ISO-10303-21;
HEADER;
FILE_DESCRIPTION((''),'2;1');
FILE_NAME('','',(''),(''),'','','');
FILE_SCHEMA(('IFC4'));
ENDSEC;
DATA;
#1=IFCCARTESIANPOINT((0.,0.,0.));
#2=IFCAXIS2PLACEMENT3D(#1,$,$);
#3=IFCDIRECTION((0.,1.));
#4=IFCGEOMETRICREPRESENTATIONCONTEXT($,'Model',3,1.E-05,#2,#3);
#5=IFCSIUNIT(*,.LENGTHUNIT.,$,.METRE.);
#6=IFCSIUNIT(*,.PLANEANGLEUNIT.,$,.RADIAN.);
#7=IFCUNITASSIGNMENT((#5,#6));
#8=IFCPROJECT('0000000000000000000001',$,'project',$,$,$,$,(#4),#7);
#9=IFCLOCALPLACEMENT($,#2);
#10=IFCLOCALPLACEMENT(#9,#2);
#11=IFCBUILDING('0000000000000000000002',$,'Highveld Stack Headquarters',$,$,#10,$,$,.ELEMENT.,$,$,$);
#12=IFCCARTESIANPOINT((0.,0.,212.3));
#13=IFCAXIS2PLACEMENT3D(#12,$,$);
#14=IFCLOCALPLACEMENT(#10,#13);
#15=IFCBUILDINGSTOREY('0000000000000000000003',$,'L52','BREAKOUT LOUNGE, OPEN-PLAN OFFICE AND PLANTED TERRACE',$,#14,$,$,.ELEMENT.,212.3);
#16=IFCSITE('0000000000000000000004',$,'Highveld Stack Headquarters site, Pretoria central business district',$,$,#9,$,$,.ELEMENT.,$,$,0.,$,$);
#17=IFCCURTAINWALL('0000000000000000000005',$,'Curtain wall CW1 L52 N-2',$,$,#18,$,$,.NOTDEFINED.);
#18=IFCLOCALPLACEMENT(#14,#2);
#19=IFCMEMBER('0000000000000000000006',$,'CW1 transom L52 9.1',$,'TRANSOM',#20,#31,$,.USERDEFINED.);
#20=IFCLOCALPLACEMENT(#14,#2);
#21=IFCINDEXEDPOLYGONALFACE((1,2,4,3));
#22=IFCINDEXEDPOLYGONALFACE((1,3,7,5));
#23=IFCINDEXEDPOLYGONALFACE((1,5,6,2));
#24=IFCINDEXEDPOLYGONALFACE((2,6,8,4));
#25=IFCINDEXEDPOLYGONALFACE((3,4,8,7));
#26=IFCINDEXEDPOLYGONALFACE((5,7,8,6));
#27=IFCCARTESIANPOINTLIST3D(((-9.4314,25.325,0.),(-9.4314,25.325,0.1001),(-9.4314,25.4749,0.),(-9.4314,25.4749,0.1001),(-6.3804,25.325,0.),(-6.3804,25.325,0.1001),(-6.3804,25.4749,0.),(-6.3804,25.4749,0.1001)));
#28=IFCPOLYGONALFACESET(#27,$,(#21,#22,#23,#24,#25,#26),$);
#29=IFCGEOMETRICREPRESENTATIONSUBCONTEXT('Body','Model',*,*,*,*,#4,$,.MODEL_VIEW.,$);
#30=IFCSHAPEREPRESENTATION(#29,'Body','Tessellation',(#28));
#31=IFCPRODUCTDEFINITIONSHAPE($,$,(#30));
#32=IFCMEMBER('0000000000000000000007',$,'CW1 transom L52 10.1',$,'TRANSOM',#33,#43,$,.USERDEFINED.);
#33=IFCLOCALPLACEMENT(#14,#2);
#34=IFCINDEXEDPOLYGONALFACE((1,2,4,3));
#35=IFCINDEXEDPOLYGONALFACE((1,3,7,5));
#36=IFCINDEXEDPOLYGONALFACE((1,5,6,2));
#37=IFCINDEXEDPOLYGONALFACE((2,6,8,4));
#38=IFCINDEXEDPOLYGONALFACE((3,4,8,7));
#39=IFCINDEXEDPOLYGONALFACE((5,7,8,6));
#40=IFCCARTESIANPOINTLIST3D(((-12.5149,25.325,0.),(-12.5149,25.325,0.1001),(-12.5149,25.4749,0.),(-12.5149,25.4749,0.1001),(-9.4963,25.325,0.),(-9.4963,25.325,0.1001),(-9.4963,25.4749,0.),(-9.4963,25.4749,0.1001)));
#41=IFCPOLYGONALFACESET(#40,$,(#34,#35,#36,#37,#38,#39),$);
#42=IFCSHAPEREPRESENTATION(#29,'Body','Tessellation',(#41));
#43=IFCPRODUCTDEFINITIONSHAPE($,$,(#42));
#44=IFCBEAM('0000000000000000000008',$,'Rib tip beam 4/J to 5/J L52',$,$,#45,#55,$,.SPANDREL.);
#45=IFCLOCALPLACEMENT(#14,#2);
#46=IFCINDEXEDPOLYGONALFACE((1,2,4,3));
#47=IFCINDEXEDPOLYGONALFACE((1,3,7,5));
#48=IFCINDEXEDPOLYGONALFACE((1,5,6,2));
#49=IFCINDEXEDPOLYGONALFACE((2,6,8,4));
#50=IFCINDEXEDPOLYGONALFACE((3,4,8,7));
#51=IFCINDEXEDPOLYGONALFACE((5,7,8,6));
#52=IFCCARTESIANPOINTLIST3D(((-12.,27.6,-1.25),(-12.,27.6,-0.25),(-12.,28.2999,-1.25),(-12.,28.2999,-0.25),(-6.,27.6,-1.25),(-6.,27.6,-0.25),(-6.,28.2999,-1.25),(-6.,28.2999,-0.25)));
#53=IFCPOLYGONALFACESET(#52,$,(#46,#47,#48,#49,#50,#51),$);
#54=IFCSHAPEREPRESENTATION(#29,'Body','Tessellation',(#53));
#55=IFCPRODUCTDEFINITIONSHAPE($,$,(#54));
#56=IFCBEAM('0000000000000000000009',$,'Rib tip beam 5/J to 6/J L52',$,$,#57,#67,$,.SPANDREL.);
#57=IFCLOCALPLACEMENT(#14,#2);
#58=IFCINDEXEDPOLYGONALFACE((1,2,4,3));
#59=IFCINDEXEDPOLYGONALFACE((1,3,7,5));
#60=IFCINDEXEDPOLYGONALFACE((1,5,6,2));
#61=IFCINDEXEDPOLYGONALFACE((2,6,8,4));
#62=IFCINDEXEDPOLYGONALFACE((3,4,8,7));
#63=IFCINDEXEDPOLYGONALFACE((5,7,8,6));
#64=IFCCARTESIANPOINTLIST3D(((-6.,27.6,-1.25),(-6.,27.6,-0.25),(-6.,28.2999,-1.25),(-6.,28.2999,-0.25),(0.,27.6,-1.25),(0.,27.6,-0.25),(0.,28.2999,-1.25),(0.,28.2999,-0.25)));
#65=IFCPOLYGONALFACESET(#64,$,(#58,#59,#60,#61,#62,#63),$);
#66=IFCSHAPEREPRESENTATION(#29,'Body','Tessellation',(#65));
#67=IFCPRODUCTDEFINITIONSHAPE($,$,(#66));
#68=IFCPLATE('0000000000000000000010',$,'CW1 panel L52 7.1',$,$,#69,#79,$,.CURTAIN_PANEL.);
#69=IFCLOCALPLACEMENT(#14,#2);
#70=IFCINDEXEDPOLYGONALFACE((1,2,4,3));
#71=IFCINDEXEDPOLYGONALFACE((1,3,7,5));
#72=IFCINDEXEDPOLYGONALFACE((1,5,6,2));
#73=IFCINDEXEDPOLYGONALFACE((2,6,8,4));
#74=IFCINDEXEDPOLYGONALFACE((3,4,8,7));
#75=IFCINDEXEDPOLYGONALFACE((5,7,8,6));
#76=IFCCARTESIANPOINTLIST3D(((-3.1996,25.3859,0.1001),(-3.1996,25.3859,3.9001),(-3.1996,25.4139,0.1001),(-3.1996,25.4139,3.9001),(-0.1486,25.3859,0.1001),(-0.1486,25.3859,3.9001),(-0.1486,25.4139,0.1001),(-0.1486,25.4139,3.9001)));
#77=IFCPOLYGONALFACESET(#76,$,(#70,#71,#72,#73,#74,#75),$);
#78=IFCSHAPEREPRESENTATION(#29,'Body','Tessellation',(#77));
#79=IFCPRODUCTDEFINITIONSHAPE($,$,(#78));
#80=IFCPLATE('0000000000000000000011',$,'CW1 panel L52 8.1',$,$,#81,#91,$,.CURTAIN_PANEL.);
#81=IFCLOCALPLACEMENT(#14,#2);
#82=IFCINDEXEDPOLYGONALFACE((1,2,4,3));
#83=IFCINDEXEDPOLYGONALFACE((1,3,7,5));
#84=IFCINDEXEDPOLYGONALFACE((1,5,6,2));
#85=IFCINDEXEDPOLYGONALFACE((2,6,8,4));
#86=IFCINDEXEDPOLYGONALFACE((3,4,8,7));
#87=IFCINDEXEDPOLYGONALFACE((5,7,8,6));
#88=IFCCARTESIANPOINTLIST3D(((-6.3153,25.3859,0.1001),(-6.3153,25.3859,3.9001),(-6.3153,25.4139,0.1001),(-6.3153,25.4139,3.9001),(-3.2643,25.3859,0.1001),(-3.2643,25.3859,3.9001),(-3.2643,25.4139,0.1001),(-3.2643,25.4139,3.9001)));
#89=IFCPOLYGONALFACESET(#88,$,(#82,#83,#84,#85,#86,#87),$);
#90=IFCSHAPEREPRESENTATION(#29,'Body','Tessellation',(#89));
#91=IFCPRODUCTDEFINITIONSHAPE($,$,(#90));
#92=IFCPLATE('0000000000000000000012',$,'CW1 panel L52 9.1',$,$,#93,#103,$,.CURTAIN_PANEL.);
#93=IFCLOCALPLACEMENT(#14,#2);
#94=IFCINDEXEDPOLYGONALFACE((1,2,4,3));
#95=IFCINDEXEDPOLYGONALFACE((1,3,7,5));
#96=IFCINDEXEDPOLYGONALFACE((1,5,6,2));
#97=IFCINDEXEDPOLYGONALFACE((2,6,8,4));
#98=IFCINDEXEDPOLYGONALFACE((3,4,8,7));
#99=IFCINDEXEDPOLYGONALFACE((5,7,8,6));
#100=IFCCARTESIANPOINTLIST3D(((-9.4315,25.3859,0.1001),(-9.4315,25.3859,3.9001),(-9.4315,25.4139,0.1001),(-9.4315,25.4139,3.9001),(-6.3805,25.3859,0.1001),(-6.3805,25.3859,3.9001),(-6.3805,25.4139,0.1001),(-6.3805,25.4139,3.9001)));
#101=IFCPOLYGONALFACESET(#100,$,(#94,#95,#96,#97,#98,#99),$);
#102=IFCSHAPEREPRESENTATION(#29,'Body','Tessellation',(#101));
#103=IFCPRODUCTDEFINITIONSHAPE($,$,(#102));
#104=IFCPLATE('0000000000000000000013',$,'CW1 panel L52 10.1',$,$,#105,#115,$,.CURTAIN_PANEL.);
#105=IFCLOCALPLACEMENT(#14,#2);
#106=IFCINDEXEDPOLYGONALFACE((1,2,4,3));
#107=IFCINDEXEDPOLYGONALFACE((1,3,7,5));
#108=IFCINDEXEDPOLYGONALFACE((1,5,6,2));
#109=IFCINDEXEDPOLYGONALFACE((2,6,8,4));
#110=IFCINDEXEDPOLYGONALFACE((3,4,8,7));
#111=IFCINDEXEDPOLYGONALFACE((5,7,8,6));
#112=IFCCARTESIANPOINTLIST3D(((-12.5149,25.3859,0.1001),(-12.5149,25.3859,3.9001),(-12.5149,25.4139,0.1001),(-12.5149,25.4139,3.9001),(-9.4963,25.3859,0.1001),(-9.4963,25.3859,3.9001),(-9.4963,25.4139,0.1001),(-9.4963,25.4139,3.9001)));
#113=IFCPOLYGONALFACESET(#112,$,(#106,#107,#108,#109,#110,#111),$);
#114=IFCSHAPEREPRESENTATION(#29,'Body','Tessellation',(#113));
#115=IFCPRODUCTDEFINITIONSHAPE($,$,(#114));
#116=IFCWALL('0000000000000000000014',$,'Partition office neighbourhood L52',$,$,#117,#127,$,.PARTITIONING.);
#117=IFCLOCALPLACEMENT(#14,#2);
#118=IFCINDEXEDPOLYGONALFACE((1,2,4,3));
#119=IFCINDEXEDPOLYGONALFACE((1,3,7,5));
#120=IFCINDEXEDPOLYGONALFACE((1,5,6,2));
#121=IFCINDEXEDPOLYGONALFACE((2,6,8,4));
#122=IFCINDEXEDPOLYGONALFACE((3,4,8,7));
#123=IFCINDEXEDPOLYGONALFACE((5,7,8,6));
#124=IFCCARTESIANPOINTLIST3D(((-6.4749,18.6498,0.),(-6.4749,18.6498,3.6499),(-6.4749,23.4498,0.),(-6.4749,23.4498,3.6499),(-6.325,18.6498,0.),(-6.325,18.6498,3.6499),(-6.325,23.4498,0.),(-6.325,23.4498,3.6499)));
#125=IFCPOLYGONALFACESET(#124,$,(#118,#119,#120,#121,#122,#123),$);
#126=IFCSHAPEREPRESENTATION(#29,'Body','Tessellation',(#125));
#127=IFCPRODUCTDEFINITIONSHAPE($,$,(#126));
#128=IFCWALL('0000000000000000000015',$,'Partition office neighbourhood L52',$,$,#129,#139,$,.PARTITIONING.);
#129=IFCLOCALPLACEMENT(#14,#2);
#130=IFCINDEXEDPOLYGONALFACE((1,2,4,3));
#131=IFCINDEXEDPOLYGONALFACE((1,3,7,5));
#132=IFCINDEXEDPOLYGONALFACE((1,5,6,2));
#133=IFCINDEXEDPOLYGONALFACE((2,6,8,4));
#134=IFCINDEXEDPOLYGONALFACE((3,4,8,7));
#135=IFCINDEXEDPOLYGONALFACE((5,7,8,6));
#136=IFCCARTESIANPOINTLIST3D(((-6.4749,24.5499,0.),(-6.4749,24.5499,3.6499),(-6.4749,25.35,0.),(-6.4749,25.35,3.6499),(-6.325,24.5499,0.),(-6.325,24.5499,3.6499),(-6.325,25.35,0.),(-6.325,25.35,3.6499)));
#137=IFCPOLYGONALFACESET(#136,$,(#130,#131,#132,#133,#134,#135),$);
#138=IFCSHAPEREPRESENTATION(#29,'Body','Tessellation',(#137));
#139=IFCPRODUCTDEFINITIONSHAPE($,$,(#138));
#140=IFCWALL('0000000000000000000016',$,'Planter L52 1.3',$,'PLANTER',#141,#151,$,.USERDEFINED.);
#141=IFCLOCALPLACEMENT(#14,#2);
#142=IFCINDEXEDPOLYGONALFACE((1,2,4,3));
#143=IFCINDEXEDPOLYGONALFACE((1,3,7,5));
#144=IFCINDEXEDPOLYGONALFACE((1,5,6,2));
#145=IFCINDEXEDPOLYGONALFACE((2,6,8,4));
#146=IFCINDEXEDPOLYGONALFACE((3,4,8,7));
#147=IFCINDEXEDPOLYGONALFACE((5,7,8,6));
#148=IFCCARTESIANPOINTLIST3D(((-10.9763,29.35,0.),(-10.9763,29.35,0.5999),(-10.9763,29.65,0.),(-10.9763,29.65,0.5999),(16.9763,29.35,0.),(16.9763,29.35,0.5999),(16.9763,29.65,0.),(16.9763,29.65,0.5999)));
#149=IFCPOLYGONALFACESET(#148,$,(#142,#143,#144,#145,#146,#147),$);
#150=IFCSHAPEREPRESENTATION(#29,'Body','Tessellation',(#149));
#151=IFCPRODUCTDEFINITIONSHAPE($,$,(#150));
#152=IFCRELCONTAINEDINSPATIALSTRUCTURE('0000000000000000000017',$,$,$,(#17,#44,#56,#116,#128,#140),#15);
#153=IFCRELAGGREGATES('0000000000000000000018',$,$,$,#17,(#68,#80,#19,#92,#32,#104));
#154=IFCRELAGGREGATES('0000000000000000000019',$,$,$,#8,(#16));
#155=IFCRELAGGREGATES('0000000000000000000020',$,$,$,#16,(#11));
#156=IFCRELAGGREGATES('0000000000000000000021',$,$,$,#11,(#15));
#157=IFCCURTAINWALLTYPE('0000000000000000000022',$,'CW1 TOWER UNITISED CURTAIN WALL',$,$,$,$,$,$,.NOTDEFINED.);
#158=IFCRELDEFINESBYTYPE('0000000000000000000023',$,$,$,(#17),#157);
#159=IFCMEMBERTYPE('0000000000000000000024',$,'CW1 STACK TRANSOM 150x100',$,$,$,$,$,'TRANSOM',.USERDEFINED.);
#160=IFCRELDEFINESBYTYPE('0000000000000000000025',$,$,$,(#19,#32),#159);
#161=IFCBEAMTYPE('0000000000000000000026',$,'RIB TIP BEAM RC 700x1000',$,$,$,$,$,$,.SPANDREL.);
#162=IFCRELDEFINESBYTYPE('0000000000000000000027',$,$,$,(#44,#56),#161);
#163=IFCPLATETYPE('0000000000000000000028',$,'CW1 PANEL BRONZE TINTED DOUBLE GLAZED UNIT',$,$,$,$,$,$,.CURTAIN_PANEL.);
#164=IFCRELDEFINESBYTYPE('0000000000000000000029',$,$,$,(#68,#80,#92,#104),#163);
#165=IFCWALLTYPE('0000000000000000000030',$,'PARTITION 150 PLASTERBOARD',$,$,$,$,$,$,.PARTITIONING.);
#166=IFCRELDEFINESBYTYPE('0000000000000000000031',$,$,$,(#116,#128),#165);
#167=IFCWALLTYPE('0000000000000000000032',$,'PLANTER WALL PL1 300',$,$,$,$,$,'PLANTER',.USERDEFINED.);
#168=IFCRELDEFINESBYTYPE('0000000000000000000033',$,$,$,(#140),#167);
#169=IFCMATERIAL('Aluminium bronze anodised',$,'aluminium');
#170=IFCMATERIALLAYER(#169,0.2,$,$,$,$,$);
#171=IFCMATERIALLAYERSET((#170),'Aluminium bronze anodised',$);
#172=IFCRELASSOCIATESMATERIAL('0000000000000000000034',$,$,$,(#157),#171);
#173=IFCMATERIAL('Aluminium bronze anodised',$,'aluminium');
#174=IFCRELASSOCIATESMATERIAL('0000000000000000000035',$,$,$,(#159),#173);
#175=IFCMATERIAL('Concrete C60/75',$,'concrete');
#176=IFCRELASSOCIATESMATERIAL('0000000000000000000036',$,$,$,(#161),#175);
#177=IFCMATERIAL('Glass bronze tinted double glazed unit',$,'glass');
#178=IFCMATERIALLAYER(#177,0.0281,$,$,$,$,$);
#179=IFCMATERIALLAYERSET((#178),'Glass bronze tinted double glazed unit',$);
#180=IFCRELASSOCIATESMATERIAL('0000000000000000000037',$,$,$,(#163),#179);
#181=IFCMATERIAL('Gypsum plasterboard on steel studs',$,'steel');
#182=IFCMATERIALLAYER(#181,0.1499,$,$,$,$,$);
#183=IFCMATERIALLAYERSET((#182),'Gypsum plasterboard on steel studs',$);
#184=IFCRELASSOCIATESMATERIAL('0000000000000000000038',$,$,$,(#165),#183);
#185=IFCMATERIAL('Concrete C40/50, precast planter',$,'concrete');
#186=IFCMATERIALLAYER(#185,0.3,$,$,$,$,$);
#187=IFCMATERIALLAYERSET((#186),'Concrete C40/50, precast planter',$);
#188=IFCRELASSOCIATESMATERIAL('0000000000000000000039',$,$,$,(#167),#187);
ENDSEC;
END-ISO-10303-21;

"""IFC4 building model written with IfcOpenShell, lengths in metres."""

from ifc_helpers import new_model, si_unit, direction, frame, frame_2d, origin, origin_2d, place, context, subcontext, project, spatial, rectangle, extrude, material, layer, layer_set, material_profile, profile_set, type_object, element, aggregate, save


model = new_model("IFC4")

# Units and contexts
model_context = context("Model", 3, precision=1e-05, world=origin(), true_north=direction((0.0, 1.0)))
body_context = subcontext(model_context, "Body", "Model", "MODEL_VIEW")
ifc_project = project(units=[si_unit("LENGTHUNIT", "METRE"), si_unit("PLANEANGLEUNIT", "RADIAN")], contexts=[model_context])

# Site, building, storey
site_placement = place(None, origin())
site = spatial("IfcSite", under=ifc_project, at=site_placement, Name="Highveld Stack Headquarters site, Pretoria central business district", CompositionType="ELEMENT", RefElevation=0.0)
building_placement = place(site_placement, origin())
building = spatial("IfcBuilding", under=site, at=building_placement, Name="Highveld Stack Headquarters", CompositionType="ELEMENT")
storey_placement = place(building_placement, frame((0.0, 0.0, 212.3)))
storey = spatial("IfcBuildingStorey", under=building, at=storey_placement, Name="L52", Description="BREAKOUT LOUNGE, OPEN-PLAN OFFICE AND PLANTED TERRACE", CompositionType="ELEMENT", Elevation=212.3)

# Curtain wall, members
ifc_material_1 = material(Name="Aluminium bronze anodised", Category="aluminium")
ifc_layer_1 = layer(ifc_material_1, 0.2)
ifc_layer_set_1 = layer_set([ifc_layer_1], Name="Aluminium bronze anodised")
curtain_wall_type = type_object("IfcCurtainWallType", Name="CW1 TOWER UNITISED CURTAIN WALL", PredefinedType="NOTDEFINED", material=ifc_layer_set_1)
curtain_wall_placement = place(storey_placement, origin())
curtain_wall = element("IfcCurtainWall", 1, at=curtain_wall_placement, inside=storey, type_object=curtain_wall_type, Name="Curtain wall CW1 L52 N-2", PredefinedType="NOTDEFINED")
ifc_material_2 = material(Name="Aluminium bronze anodised", Category="aluminium")
ifc_material_profile_1 = material_profile(ifc_material_2, rectangle(XDim=0.1499, YDim=0.1001, at=origin_2d()), Name="CW1 TRANSOM 150x100")
ifc_profile_set_1 = profile_set([ifc_material_profile_1], Name="Aluminium bronze anodised")
member_type_1 = type_object("IfcMemberType", Name="CW1 STACK TRANSOM 150x100", ElementType="TRANSOM", PredefinedType="USERDEFINED", material=ifc_profile_set_1)
member_1_placement = place(storey_placement, frame((-6.3804, 25.3999, 0.05), z_axis=(-1.0, 0.0, 0.0), x_axis=(0.0, -1.0, 0.0)))
member_1 = element("IfcMember", 2, at=member_1_placement, type_object=member_type_1, Name="CW1 transom L52 9.1", ObjectType="TRANSOM", PredefinedType="USERDEFINED", context=body_context, shape_type="SweptSolid", body=[
    extrude(rectangle(XDim=0.1499, YDim=0.1001, at=origin_2d()), origin(), (0.0, 0.0, 1.0), 3.051),
])
member_2_placement = place(storey_placement, frame((-9.4963, 25.3999, 0.05), z_axis=(-1.0, 0.0, 0.0), x_axis=(0.0, -1.0, 0.0)))
member_2 = element("IfcMember", 3, at=member_2_placement, type_object=member_type_1, Name="CW1 transom L52 10.1", ObjectType="TRANSOM", PredefinedType="USERDEFINED", context=body_context, shape_type="SweptSolid", body=[
    extrude(rectangle(XDim=0.1499, YDim=0.1001, at=origin_2d()), origin(), (0.0, 0.0, 1.0), 3.0186),
])

# Beams
ifc_material_3 = material(Name="Concrete C60/75", Category="concrete")
ifc_material_profile_2 = material_profile(ifc_material_3, rectangle(XDim=0.7, YDim=1.0, at=origin_2d()), Name="RC 700x1000")
ifc_profile_set_2 = profile_set([ifc_material_profile_2], Name="Concrete C60/75")
beam_type_1 = type_object("IfcBeamType", Name="RIB TIP BEAM RC 700x1000", PredefinedType="SPANDREL", material=ifc_profile_set_2)
for number, where, z_axis, x_axis, name in (
    (4, (-12.0, 27.95, -0.75), (1.0, 0.0, 0.0), (0.0, 1.0, 0.0), "Rib tip beam 4/J to 5/J L52"),
    (5, (-6.0, 27.95, -0.75), (1.0, 0.0, 0.0), (0.0, 1.0, 0.0), "Rib tip beam 5/J to 6/J L52"),
):
    element("IfcBeam", number, at=place(storey_placement, frame(where, z_axis=z_axis, x_axis=x_axis)), inside=storey, type_object=beam_type_1, Name=name, PredefinedType="SPANDREL", context=body_context, shape_type="SweptSolid", body=[
        extrude(rectangle(XDim=0.7, YDim=1.0, at=origin_2d()), origin(), (0.0, 0.0, 1.0), 6.0),
    ])

# Plates
ifc_material_4 = material(Name="Glass bronze tinted double glazed unit", Category="glass")
ifc_layer_2 = layer(ifc_material_4, 0.0281)
ifc_layer_set_2 = layer_set([ifc_layer_2], Name="Glass bronze tinted double glazed unit")
plate_type = type_object("IfcPlateType", Name="CW1 PANEL BRONZE TINTED DOUBLE GLAZED UNIT", PredefinedType="CURTAIN_PANEL", material=ifc_layer_set_2)
plate_1_placement = place(storey_placement, frame((-1.6741, 25.3999, 0.1001), z_axis=(0.0, 0.0, 1.0), x_axis=(-1.0, 0.0, 0.0)))
plate_1 = element("IfcPlate", 6, at=plate_1_placement, type_object=plate_type, Name="CW1 panel L52 7.1", PredefinedType="CURTAIN_PANEL", context=body_context, shape_type="SweptSolid", body=[
    extrude(rectangle(XDim=3.051, YDim=0.0281, at=origin_2d()), origin(), (0.0, 0.0, 1.0), 3.8),
])
plate_2_placement = place(storey_placement, frame((-4.7898, 25.3999, 0.1001), z_axis=(0.0, 0.0, 1.0), x_axis=(-1.0, 0.0, 0.0)))
plate_2 = element("IfcPlate", 7, at=plate_2_placement, type_object=plate_type, Name="CW1 panel L52 8.1", PredefinedType="CURTAIN_PANEL", context=body_context, shape_type="SweptSolid", body=[
    extrude(rectangle(XDim=3.051, YDim=0.0281, at=origin_2d()), origin(), (0.0, 0.0, 1.0), 3.8),
])
plate_3_placement = place(storey_placement, frame((-7.906, 25.3999, 0.1001), z_axis=(0.0, 0.0, 1.0), x_axis=(-1.0, 0.0, 0.0)))
plate_3 = element("IfcPlate", 8, at=plate_3_placement, type_object=plate_type, Name="CW1 panel L52 9.1", PredefinedType="CURTAIN_PANEL", context=body_context, shape_type="SweptSolid", body=[
    extrude(rectangle(XDim=3.051, YDim=0.0281, at=origin_2d()), origin(), (0.0, 0.0, 1.0), 3.8),
])
plate_4_placement = place(storey_placement, frame((-11.0056, 25.3999, 0.1001), z_axis=(0.0, 0.0, 1.0), x_axis=(-1.0, 0.0, 0.0)))
plate_4 = element("IfcPlate", 9, at=plate_4_placement, type_object=plate_type, Name="CW1 panel L52 10.1", PredefinedType="CURTAIN_PANEL", context=body_context, shape_type="SweptSolid", body=[
    extrude(rectangle(XDim=3.0186, YDim=0.0281, at=origin_2d()), origin(), (0.0, 0.0, 1.0), 3.8),
])
aggregate(curtain_wall, [plate_1, plate_2, member_1, plate_3, member_2, plate_4])

# Walls
ifc_material_5 = material(Name="Gypsum plasterboard on steel studs", Category="steel")
ifc_layer_3 = layer(ifc_material_5, 0.1499)
ifc_layer_set_3 = layer_set([ifc_layer_3], Name="Gypsum plasterboard on steel studs")
wall_type_1 = type_object("IfcWallType", Name="PARTITION 150 PLASTERBOARD", PredefinedType="PARTITIONING", material=ifc_layer_set_3)
wall_1_placement = place(storey_placement, frame((-6.3999, 18.6499, 0.0), z_axis=(0.0, 0.0, 1.0), x_axis=(0.0, 1.0, 0.0)))
element("IfcWall", 10, at=wall_1_placement, inside=storey, type_object=wall_type_1, Name="Partition office neighbourhood L52", PredefinedType="PARTITIONING", context=body_context, shape_type="SweptSolid", body=[
    extrude(rectangle(XDim=4.8, YDim=0.1499, at=frame_2d((2.3999, 0.0))), origin(), (0.0, 0.0, 1.0), 3.6499),
])
wall_2_placement = place(storey_placement, frame((-6.3999, 24.55, 0.0), z_axis=(0.0, 0.0, 1.0), x_axis=(0.0, 1.0, 0.0)))
element("IfcWall", 11, at=wall_2_placement, inside=storey, type_object=wall_type_1, Name="Partition office neighbourhood L52", PredefinedType="PARTITIONING", context=body_context, shape_type="SweptSolid", body=[
    extrude(rectangle(XDim=0.8, YDim=0.1499, at=frame_2d((0.3999, 0.0))), origin(), (0.0, 0.0, 1.0), 3.6499),
])
ifc_material_6 = material(Name="Concrete C40/50, precast planter", Category="concrete")
ifc_layer_4 = layer(ifc_material_6, 0.3)
ifc_layer_set_4 = layer_set([ifc_layer_4], Name="Concrete C40/50, precast planter")
wall_type_2 = type_object("IfcWallType", Name="PLANTER WALL PL1 300", ElementType="PLANTER", PredefinedType="USERDEFINED", material=ifc_layer_set_4)
wall_3_placement = place(storey_placement, frame((-10.9763, 29.5, 0.0), z_axis=(0.0, 0.0, 1.0), x_axis=(1.0, 0.0, 0.0)))
element("IfcWall", 12, at=wall_3_placement, inside=storey, type_object=wall_type_2, Name="Planter L52 1.3", ObjectType="PLANTER", PredefinedType="USERDEFINED", context=body_context, shape_type="SweptSolid", body=[
    extrude(rectangle(XDim=27.9526, YDim=0.3, at=frame_2d((13.9763, 0.0))), origin(), (0.0, 0.0, 1.0), 0.5999),
])

save(model, "model.ifc")
